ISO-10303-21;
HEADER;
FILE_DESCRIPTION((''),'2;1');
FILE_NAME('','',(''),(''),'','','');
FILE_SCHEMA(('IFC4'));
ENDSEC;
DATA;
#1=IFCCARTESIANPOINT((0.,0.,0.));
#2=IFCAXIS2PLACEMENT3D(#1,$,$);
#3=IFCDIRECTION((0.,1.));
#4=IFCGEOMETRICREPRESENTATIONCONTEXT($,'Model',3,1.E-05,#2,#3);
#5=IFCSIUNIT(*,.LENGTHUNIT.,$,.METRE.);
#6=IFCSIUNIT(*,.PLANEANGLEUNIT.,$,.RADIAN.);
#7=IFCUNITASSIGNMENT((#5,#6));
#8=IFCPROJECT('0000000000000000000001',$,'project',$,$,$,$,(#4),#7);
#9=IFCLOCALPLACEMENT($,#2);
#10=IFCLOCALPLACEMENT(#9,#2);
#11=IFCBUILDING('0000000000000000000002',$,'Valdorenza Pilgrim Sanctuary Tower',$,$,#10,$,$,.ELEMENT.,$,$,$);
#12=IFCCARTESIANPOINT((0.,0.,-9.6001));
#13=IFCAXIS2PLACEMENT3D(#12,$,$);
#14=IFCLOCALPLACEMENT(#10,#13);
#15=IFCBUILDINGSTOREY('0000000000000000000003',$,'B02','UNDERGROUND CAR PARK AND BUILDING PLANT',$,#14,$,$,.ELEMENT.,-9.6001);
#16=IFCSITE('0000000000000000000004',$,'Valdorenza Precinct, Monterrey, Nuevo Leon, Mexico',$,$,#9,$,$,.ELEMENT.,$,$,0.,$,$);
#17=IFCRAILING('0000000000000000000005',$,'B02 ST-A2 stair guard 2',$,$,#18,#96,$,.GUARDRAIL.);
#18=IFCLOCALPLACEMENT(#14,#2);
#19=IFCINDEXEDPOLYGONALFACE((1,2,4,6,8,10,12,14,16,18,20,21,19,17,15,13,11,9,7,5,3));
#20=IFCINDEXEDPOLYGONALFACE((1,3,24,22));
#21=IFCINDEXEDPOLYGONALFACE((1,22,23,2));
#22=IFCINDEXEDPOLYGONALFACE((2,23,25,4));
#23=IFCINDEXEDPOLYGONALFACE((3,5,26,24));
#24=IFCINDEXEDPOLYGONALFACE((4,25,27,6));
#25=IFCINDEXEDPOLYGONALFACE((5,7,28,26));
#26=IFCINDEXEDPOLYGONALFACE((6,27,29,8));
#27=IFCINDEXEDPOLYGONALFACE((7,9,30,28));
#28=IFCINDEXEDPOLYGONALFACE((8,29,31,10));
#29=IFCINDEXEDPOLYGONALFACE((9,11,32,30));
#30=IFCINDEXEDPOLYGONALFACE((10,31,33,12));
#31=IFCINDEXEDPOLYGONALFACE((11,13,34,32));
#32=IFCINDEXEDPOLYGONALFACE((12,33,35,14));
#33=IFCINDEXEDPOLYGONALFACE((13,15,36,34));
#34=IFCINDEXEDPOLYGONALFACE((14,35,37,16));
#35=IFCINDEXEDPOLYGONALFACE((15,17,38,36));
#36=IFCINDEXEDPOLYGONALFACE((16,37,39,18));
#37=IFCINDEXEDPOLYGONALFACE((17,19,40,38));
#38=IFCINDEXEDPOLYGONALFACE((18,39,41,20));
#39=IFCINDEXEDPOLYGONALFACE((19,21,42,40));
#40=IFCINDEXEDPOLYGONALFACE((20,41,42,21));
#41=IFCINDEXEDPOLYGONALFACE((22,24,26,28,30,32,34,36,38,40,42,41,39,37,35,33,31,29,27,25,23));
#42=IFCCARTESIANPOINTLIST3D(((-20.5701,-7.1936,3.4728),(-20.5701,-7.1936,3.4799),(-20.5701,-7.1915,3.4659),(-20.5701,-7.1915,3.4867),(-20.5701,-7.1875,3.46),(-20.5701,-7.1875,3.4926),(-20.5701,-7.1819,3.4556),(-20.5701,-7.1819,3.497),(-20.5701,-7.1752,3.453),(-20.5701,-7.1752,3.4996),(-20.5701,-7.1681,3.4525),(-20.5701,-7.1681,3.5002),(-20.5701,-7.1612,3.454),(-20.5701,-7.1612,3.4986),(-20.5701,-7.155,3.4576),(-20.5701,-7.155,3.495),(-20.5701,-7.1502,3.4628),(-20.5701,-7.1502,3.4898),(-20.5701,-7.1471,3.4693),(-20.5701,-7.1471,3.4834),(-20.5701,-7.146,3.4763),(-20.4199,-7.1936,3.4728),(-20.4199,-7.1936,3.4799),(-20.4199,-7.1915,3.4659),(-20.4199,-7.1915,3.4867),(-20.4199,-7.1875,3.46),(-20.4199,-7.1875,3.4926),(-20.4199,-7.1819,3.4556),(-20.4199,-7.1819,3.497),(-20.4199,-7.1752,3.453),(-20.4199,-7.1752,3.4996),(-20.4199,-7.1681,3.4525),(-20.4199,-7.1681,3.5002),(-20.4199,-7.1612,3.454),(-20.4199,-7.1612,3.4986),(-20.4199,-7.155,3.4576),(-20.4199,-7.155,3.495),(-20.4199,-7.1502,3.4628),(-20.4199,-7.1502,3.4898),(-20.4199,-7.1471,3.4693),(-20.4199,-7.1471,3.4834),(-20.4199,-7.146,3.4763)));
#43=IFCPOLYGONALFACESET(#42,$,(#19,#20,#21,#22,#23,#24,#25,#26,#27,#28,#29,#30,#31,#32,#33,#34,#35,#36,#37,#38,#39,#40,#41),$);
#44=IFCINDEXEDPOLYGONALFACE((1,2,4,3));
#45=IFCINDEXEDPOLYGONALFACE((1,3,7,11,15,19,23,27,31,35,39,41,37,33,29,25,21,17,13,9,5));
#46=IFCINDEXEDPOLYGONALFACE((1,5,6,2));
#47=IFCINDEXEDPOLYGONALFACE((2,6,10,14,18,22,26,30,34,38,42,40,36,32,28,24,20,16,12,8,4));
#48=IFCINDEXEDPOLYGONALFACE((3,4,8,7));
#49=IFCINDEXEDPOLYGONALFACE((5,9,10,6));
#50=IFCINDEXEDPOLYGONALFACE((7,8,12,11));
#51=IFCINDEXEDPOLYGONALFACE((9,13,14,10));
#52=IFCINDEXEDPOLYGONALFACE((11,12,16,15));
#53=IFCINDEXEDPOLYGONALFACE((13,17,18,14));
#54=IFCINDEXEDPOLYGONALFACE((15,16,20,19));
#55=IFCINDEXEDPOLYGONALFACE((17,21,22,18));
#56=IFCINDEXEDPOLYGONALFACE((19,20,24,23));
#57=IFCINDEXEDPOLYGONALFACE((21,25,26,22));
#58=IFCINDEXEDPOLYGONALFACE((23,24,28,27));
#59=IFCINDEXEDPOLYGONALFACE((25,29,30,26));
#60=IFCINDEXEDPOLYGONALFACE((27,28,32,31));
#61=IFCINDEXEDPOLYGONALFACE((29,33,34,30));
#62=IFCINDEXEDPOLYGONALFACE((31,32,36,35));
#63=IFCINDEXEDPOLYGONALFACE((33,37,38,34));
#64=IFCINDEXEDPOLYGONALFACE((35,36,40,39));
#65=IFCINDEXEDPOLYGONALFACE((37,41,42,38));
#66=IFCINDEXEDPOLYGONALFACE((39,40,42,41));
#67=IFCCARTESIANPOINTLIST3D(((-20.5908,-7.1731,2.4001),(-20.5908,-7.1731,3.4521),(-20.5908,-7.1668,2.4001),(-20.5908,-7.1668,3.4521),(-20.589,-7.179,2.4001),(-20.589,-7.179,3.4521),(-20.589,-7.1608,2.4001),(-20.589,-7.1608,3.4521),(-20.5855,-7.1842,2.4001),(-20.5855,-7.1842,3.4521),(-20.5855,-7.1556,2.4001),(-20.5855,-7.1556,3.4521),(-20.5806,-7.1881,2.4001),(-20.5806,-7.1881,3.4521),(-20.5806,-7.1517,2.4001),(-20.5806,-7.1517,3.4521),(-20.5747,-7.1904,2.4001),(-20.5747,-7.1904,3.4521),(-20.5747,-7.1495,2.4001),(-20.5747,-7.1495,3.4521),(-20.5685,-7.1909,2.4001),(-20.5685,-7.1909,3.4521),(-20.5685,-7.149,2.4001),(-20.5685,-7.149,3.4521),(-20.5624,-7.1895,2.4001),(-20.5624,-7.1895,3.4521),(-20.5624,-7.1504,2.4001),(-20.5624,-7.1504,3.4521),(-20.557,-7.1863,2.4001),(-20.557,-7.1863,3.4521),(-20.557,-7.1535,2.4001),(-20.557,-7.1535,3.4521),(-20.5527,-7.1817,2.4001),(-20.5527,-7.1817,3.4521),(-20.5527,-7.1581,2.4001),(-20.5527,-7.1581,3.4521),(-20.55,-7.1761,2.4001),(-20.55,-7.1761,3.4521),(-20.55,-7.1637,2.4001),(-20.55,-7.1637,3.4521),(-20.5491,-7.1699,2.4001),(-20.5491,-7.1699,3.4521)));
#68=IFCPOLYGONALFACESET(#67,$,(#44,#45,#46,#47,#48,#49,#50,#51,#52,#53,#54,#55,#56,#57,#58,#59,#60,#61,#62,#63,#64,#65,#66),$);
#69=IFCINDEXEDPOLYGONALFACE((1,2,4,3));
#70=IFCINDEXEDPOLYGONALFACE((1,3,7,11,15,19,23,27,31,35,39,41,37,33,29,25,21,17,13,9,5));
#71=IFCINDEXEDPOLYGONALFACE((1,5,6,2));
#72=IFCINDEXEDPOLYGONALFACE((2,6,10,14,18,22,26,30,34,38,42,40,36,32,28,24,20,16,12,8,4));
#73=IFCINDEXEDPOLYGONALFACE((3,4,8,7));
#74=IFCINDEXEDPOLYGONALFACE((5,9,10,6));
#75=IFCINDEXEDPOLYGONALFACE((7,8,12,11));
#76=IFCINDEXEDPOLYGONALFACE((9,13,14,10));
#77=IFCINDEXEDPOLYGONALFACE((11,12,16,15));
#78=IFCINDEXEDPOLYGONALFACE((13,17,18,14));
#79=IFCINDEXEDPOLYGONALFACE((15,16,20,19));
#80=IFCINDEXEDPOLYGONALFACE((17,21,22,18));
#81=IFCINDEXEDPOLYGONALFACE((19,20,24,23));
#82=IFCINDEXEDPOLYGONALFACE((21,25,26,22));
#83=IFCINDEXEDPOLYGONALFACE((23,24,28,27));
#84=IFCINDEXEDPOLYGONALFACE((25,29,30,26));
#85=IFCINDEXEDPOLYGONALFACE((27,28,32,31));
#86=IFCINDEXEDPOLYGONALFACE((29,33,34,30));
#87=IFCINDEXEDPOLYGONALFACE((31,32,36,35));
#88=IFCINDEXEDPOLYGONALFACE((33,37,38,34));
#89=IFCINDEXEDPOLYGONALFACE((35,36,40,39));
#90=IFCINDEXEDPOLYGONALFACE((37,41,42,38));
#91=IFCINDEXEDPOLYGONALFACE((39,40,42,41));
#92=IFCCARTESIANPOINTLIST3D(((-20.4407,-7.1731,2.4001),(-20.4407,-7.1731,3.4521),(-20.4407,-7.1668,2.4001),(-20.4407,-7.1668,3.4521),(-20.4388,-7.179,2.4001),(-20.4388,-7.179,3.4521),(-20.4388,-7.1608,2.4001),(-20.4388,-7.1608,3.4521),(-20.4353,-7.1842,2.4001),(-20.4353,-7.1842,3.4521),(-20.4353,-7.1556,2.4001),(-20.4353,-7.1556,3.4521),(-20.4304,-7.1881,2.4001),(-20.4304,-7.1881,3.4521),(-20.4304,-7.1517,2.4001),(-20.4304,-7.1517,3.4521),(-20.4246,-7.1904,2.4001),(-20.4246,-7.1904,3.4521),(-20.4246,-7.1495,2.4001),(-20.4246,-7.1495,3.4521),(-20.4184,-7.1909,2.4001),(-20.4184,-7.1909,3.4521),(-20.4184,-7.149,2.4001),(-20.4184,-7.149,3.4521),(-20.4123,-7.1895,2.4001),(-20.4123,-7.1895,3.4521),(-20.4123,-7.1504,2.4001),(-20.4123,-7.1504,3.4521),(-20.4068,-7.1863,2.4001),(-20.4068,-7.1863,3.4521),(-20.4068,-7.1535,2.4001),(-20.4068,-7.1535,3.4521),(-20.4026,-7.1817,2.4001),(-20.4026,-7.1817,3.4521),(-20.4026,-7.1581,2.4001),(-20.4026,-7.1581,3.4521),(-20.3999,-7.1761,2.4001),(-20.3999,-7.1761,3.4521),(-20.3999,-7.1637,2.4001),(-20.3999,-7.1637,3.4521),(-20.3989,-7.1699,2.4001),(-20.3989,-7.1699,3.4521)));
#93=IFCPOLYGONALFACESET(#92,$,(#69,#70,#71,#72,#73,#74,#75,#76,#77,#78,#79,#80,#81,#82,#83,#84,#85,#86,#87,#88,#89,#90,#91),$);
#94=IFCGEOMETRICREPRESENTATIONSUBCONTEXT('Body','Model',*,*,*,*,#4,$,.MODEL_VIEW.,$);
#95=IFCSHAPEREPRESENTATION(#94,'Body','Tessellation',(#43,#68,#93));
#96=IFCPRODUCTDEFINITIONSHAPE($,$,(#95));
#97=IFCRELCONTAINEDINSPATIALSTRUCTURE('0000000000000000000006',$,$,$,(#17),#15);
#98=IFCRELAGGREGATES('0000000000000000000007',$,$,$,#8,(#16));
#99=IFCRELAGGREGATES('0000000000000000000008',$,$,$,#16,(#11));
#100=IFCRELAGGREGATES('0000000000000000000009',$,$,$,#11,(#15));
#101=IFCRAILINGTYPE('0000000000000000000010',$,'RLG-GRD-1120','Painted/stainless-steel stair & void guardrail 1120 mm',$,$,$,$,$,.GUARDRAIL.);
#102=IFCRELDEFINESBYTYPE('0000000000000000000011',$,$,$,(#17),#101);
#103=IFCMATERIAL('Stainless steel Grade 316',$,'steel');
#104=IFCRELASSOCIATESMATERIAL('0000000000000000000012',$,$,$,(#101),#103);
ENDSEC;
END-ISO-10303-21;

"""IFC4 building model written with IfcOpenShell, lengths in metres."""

from ifc_helpers import new_model, si_unit, direction, frame, origin, origin_2d, place, context, subcontext, project, spatial, circle, extrude, material, type_object, element, save


model = new_model("IFC4")

# Units and contexts
model_context = context("Model", 3, precision=1e-05, world=origin(), true_north=direction((0.0, 1.0)))
body_context = subcontext(model_context, "Body", "Model", "MODEL_VIEW")
ifc_project = project(units=[si_unit("LENGTHUNIT", "METRE"), si_unit("PLANEANGLEUNIT", "RADIAN")], contexts=[model_context])

# Site, building, storey
site_placement = place(None, origin())
site = spatial("IfcSite", under=ifc_project, at=site_placement, Name="Valdorenza Precinct, Monterrey, Nuevo Leon, Mexico", CompositionType="ELEMENT", RefElevation=0.0)
building_placement = place(site_placement, origin())
building = spatial("IfcBuilding", under=site, at=building_placement, Name="Valdorenza Pilgrim Sanctuary Tower", CompositionType="ELEMENT")
storey_placement = place(building_placement, frame((0.0, 0.0, -9.6001)))
storey = spatial("IfcBuildingStorey", under=building, at=storey_placement, Name="B02", Description="UNDERGROUND CAR PARK AND BUILDING PLANT", CompositionType="ELEMENT", Elevation=-9.6001)

# Railing
ifc_material_1 = material(Name="Stainless steel Grade 316", Category="steel")
railing_type_1 = type_object("IfcRailingType", Name="RLG-GRD-1120", Description="Painted/stainless-steel stair & void guardrail 1120 mm", PredefinedType="GUARDRAIL", material=ifc_material_1)
railing_1_placement = place(storey_placement, frame((-20.5701, -7.1699, 2.4001)))
element("IfcRailing", 1, at=railing_1_placement, inside=storey, type_object=railing_type_1, Name="B02 ST-A2 stair guard 2", PredefinedType="GUARDRAIL", context=body_context, shape_type="SweptSolid", body=[
    extrude(circle(Radius=0.0239, at=origin_2d()), frame((0.0, 0.0, 1.0762), z_axis=(1.0, 0.0, 0.0), x_axis=(0.0, 1.0, 0.0)), (0.0, 0.0, 1.0), 0.1501),
    extrude(circle(Radius=0.021, at=origin_2d()), origin(), (0.0, 0.0, 1.0), 1.052),
    extrude(circle(Radius=0.021, at=origin_2d()), frame((0.1501, 0.0, 0.0)), (0.0, 0.0, 1.0), 1.052),
])

save(model, "model.ifc")
